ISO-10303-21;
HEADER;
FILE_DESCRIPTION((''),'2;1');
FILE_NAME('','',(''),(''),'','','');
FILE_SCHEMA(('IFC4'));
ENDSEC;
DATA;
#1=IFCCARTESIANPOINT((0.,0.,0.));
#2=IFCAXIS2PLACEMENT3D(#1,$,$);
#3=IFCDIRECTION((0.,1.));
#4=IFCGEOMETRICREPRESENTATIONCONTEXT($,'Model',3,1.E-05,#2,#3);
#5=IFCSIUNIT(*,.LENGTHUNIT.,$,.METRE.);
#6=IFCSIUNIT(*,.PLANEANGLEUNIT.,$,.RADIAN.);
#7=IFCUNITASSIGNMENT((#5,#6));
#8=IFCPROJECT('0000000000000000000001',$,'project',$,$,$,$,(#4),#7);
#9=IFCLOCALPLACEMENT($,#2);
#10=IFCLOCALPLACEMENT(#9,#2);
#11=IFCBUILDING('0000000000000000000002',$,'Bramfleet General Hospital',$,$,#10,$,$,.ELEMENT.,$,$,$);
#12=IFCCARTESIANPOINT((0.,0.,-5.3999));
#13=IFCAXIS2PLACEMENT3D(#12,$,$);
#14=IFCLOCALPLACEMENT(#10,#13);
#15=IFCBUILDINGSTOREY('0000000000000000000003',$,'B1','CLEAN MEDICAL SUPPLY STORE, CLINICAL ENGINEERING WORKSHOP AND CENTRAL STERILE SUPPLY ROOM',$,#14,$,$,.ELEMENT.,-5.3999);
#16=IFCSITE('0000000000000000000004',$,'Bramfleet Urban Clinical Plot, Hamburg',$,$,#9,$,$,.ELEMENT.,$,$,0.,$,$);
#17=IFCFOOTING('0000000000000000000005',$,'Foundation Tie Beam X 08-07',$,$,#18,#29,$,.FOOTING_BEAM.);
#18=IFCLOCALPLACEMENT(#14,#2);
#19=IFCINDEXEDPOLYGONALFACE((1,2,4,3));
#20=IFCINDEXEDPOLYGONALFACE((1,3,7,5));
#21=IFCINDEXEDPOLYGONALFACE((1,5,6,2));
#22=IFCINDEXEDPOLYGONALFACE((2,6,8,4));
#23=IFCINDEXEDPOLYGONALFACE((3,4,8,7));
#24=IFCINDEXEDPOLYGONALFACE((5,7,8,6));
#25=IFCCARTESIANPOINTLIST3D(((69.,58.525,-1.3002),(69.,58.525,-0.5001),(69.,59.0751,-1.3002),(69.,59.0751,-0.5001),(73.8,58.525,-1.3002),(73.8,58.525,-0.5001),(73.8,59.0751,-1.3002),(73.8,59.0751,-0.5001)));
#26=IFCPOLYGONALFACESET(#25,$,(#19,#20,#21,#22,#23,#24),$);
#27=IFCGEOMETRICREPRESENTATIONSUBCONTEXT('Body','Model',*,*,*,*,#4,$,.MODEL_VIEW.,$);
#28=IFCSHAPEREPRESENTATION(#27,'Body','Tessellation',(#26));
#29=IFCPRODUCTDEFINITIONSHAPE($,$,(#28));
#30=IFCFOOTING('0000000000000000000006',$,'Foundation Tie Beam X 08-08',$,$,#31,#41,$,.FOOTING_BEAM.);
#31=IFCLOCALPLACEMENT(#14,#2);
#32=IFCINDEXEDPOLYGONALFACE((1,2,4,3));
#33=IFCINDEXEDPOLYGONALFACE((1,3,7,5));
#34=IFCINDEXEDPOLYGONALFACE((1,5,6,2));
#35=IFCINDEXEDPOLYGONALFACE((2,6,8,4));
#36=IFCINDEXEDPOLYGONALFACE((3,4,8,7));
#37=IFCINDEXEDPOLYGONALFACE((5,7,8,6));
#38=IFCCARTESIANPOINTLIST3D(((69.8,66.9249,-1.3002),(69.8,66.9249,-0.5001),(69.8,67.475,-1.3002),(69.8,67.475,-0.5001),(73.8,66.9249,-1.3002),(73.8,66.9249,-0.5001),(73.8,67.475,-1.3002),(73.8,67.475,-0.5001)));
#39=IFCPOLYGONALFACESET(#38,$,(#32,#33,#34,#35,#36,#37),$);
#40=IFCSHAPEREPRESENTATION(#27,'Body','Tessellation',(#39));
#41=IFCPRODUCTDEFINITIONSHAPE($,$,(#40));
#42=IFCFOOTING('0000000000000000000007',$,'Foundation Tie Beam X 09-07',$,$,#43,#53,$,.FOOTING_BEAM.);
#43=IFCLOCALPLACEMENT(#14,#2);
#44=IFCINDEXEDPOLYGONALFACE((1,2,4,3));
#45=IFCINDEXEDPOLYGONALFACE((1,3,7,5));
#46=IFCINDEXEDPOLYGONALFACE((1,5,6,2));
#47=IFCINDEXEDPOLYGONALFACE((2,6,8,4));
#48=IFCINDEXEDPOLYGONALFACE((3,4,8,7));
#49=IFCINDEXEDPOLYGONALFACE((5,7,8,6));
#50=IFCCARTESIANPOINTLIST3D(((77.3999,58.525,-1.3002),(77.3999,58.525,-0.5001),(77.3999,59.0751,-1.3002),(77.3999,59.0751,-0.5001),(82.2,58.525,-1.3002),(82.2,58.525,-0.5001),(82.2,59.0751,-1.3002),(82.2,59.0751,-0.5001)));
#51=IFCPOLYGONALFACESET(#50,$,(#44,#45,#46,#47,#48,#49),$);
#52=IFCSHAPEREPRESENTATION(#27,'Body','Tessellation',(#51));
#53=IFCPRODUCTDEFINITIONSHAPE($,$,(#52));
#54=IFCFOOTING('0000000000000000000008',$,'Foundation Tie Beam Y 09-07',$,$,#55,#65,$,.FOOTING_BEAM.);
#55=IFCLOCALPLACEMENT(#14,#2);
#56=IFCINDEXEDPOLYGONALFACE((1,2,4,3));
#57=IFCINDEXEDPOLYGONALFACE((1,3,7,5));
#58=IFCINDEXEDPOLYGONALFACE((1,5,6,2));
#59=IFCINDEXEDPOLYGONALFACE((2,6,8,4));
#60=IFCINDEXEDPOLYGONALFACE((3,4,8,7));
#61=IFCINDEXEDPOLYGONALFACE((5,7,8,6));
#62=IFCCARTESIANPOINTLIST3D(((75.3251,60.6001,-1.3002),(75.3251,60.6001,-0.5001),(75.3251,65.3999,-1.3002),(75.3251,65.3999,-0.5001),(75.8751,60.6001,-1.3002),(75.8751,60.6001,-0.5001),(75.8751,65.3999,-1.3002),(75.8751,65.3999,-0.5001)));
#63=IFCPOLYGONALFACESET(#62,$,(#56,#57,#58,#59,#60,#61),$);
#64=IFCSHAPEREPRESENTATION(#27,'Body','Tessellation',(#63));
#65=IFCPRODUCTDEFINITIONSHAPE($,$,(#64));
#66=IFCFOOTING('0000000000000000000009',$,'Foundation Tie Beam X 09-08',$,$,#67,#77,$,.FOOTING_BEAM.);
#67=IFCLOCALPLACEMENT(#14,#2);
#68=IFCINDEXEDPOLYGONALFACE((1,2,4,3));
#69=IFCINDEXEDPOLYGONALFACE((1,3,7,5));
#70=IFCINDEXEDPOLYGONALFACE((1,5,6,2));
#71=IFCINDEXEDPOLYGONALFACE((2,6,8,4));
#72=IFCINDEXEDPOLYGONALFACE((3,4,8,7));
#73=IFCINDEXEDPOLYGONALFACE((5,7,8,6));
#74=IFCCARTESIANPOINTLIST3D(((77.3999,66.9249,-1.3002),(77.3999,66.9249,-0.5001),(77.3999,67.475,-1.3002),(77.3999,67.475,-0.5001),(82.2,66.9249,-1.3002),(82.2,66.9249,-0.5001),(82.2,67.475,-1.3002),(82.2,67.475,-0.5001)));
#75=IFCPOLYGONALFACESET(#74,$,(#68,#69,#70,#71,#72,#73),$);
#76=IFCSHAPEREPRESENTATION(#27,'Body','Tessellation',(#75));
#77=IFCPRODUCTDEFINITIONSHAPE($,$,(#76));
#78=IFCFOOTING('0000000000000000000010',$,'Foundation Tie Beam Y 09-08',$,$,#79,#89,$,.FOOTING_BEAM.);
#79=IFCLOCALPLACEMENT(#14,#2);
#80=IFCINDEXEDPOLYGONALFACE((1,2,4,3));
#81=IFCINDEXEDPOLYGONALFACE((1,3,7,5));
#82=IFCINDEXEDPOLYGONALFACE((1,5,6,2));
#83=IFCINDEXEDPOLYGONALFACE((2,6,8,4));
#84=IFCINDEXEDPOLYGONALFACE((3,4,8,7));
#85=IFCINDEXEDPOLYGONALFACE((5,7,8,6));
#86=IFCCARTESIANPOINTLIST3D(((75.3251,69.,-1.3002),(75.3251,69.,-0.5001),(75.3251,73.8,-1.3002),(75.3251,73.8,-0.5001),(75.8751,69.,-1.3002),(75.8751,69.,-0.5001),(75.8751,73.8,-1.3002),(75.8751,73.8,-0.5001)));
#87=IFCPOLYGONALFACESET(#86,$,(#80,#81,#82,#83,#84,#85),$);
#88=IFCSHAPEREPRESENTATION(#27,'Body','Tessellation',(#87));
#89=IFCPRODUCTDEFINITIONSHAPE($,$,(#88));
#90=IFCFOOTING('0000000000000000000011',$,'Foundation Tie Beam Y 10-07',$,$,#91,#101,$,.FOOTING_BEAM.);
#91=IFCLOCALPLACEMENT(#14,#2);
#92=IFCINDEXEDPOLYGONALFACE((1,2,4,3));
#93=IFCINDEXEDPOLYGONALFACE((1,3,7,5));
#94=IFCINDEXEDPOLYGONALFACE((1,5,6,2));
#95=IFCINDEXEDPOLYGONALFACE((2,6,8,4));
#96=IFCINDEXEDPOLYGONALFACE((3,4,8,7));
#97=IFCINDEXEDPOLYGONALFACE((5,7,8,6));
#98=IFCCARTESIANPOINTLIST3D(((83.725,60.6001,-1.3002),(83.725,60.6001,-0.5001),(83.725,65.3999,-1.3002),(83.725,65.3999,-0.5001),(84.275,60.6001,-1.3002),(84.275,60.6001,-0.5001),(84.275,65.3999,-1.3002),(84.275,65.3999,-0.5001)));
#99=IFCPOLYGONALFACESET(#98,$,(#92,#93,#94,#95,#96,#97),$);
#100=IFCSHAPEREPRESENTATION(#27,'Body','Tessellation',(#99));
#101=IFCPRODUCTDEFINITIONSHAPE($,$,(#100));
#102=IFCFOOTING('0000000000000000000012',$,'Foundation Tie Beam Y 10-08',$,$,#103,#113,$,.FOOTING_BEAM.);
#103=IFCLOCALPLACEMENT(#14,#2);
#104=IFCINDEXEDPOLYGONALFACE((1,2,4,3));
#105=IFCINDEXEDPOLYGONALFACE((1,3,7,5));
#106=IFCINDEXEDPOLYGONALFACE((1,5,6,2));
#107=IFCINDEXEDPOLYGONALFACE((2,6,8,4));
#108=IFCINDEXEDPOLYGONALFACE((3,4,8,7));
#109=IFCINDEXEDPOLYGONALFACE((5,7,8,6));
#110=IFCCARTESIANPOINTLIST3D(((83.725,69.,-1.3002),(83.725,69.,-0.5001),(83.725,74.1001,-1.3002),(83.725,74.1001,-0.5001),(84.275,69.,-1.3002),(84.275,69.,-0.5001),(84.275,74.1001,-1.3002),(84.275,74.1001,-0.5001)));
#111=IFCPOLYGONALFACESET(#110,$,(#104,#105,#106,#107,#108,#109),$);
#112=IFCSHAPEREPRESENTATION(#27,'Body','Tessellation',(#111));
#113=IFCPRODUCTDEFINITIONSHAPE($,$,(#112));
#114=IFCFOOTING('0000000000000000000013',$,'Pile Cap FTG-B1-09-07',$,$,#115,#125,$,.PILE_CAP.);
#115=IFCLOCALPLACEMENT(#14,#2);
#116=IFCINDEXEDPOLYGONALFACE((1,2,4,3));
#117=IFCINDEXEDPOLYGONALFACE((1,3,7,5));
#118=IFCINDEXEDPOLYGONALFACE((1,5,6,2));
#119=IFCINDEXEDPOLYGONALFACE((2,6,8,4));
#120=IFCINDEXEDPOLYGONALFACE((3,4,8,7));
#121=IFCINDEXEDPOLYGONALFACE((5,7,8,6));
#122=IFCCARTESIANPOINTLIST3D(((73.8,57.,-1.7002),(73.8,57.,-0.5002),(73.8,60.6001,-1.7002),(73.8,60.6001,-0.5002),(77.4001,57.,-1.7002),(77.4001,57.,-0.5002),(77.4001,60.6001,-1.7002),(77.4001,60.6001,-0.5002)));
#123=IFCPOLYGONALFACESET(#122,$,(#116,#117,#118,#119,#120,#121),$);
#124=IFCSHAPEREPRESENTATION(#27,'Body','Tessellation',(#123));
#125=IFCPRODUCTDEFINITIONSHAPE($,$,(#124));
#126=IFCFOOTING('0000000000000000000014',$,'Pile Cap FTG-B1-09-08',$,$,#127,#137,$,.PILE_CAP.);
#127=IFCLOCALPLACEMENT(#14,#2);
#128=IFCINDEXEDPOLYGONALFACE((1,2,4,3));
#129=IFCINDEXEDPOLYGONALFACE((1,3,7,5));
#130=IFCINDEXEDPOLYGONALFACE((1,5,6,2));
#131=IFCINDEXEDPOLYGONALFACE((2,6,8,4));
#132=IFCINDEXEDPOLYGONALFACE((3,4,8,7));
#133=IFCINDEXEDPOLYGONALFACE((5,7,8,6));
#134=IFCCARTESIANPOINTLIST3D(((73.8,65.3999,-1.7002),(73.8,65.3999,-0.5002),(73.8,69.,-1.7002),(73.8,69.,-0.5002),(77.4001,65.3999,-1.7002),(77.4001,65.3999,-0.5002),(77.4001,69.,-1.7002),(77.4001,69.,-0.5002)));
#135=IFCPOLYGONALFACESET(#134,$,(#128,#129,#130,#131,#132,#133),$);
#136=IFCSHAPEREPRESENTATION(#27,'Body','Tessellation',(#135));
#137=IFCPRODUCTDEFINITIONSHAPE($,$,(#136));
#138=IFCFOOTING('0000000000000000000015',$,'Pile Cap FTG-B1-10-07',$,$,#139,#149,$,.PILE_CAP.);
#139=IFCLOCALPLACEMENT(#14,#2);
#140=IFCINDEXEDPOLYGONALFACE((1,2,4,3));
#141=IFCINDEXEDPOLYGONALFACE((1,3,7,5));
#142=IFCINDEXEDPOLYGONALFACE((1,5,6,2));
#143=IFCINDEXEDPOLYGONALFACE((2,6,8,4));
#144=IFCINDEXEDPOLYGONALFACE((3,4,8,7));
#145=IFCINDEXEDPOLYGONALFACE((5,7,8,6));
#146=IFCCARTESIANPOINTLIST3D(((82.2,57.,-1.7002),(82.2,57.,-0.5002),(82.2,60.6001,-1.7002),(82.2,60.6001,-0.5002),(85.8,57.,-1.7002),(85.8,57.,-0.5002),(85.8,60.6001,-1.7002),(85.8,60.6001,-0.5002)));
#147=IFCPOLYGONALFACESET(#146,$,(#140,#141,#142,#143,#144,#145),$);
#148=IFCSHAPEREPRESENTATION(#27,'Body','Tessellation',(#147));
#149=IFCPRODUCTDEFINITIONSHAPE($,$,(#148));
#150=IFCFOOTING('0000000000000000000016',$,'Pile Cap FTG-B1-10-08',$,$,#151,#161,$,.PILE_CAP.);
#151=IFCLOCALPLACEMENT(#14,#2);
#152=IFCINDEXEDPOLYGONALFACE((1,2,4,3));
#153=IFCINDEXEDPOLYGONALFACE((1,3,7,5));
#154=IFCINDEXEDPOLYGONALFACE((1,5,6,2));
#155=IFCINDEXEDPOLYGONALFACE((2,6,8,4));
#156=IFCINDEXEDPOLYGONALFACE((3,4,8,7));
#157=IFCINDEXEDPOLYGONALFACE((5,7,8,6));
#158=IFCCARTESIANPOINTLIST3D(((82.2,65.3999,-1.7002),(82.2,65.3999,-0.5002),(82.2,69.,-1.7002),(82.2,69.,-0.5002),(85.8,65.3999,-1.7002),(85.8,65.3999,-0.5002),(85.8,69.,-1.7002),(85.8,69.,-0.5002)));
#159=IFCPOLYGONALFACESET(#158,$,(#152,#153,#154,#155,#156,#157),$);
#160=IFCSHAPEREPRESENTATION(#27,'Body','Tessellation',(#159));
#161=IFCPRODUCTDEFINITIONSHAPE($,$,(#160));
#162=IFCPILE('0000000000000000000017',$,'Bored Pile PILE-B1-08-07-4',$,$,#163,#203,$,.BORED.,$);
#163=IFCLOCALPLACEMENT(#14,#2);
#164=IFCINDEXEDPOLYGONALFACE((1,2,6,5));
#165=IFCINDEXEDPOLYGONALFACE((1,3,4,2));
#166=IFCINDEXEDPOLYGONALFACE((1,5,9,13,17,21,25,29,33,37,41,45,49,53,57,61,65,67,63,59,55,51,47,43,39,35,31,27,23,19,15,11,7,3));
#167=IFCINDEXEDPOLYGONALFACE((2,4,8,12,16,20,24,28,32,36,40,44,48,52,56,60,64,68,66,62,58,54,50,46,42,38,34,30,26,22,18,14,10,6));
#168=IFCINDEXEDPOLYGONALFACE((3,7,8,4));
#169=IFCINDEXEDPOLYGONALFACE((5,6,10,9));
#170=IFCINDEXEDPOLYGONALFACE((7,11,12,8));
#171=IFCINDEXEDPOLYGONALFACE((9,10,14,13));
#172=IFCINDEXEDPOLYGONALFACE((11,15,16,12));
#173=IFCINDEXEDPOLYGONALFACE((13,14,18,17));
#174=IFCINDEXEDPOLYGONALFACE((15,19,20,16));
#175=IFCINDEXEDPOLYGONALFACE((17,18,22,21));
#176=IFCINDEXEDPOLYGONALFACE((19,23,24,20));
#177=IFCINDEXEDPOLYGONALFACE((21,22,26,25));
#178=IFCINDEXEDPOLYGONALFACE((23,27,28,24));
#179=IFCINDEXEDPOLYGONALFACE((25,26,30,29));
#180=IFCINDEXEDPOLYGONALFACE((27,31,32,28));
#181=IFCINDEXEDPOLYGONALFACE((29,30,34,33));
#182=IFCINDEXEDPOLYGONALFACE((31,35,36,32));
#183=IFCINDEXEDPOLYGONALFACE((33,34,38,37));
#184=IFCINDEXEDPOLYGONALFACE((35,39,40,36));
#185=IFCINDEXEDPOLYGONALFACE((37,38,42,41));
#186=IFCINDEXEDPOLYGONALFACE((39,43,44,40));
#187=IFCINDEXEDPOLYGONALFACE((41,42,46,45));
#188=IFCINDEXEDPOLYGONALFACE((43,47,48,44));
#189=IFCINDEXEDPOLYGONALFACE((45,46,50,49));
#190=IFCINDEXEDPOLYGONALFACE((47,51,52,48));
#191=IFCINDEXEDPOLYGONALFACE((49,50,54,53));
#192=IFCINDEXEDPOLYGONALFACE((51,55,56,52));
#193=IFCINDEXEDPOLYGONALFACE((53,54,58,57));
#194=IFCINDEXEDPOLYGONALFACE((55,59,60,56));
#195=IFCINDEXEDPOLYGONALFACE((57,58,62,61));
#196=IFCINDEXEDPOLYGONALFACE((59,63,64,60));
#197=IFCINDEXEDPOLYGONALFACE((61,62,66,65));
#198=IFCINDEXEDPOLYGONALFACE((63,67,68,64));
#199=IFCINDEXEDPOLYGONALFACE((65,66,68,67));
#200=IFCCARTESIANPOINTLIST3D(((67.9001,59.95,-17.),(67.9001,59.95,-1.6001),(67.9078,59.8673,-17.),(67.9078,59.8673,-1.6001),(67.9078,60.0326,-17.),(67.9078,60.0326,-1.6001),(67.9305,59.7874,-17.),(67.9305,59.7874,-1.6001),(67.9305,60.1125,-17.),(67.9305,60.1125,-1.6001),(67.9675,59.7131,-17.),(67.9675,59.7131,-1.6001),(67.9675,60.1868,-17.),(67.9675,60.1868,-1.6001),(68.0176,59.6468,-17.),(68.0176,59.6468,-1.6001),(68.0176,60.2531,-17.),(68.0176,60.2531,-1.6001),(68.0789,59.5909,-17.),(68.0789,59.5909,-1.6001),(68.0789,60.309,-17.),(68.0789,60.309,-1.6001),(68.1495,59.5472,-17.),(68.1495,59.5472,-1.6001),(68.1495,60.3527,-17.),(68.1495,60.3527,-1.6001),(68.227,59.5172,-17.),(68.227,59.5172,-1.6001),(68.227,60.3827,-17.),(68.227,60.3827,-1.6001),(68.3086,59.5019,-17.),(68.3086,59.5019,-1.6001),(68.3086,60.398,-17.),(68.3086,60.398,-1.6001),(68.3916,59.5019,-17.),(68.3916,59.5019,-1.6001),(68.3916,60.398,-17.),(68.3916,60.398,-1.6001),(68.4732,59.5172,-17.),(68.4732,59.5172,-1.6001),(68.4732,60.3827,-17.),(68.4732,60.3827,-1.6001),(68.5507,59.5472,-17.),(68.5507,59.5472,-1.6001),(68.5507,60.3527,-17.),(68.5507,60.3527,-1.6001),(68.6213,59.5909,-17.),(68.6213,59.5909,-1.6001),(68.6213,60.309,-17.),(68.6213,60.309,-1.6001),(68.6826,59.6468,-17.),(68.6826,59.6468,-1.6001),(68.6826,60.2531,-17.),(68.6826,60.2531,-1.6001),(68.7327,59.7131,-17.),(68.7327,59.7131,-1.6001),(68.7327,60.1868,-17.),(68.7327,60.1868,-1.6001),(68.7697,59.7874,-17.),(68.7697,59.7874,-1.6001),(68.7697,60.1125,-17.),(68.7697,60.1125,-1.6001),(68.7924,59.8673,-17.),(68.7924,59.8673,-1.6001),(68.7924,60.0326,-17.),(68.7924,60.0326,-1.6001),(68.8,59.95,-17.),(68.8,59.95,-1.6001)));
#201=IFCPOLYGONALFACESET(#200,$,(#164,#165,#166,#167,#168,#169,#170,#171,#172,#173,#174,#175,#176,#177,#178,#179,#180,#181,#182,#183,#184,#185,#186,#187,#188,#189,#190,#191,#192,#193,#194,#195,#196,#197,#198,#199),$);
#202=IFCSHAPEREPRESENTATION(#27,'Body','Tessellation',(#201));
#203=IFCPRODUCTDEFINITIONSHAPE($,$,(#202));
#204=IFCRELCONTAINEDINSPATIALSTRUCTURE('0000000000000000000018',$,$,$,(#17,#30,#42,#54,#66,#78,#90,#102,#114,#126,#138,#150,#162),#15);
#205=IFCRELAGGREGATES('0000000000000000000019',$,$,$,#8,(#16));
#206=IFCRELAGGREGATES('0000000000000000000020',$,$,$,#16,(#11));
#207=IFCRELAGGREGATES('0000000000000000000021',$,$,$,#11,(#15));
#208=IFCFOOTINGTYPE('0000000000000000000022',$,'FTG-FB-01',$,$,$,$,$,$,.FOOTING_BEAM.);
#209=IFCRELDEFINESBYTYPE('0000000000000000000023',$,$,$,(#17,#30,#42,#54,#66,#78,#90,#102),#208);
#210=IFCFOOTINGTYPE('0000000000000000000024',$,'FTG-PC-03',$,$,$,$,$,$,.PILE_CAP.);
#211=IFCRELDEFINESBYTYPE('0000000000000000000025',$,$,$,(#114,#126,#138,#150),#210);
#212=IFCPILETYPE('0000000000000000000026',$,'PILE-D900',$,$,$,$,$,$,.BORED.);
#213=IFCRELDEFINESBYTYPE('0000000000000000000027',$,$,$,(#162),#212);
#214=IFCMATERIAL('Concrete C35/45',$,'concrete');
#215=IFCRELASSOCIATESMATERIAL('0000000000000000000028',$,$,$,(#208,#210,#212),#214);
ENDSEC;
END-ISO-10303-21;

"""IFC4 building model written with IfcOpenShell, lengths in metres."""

from ifc_helpers import new_model, si_unit, direction, frame, origin, origin_2d, place, context, subcontext, project, spatial, rectangle, circle, extrude, material, material_profile, profile_set, type_object, element, save


model = new_model("IFC4")

# Units and contexts
model_context = context("Model", 3, precision=1e-05, world=origin(), true_north=direction((0.0, 1.0)))
body_context = subcontext(model_context, "Body", "Model", "MODEL_VIEW")
ifc_project = project(units=[si_unit("LENGTHUNIT", "METRE"), si_unit("PLANEANGLEUNIT", "RADIAN")], contexts=[model_context])

# Site, building, storey
site_placement = place(None, origin())
site = spatial("IfcSite", under=ifc_project, at=site_placement, Name="Bramfleet Urban Clinical Plot, Hamburg", CompositionType="ELEMENT", RefElevation=0.0)
building_placement = place(site_placement, origin())
building = spatial("IfcBuilding", under=site, at=building_placement, Name="Bramfleet General Hospital", CompositionType="ELEMENT")
storey_placement = place(building_placement, frame((0.0, 0.0, -5.3999)))
storey = spatial("IfcBuildingStorey", under=building, at=storey_placement, Name="B1", Description="CLEAN MEDICAL SUPPLY STORE, CLINICAL ENGINEERING WORKSHOP AND CENTRAL STERILE SUPPLY ROOM", CompositionType="ELEMENT", Elevation=-5.3999)

# Footings
ifc_material_1 = material(Name="Concrete C35/45", Category="concrete")
ifc_material_profile_1 = material_profile(ifc_material_1, rectangle(XDim=0.55, YDim=0.8, at=origin_2d()), Name="RC FB 800x550")
ifc_profile_set_1 = profile_set([ifc_material_profile_1], Name="Concrete C35/45")
footing_type_1 = type_object("IfcFootingType", Name="FTG-FB-01", PredefinedType="FOOTING_BEAM", material=ifc_profile_set_1)
footing_1_placement = place(storey_placement, frame((69.0, 58.8, -0.9001), z_axis=(1.0, 0.0, 0.0), x_axis=(0.0, 1.0, 0.0)))
element("IfcFooting", 1, at=footing_1_placement, inside=storey, type_object=footing_type_1, Name="Foundation Tie Beam X 08-07", PredefinedType="FOOTING_BEAM", context=body_context, shape_type="SweptSolid", body=[
    extrude(rectangle(XDim=0.55, YDim=0.8, at=origin_2d()), origin(), (0.0, 0.0, 1.0), 4.8),
])
footing_2_placement = place(storey_placement, frame((69.8, 67.2, -0.9001), z_axis=(1.0, 0.0, 0.0), x_axis=(0.0, 1.0, 0.0)))
element("IfcFooting", 2, at=footing_2_placement, inside=storey, type_object=footing_type_1, Name="Foundation Tie Beam X 08-08", PredefinedType="FOOTING_BEAM", context=body_context, shape_type="SweptSolid", body=[
    extrude(rectangle(XDim=0.55, YDim=0.8, at=origin_2d()), origin(), (0.0, 0.0, 1.0), 4.0),
])
footing_3_placement = place(storey_placement, frame((77.3999, 58.8, -0.9001), z_axis=(1.0, 0.0, 0.0), x_axis=(0.0, 1.0, 0.0)))
element("IfcFooting", 3, at=footing_3_placement, inside=storey, type_object=footing_type_1, Name="Foundation Tie Beam X 09-07", PredefinedType="FOOTING_BEAM", context=body_context, shape_type="SweptSolid", body=[
    extrude(rectangle(XDim=0.55, YDim=0.8, at=origin_2d()), origin(), (0.0, 0.0, 1.0), 4.8),
])
footing_4_placement = place(storey_placement, frame((75.6001, 60.6001, -0.9001), z_axis=(0.0, 1.0, 0.0), x_axis=(-1.0, 0.0, 0.0)))
element("IfcFooting", 4, at=footing_4_placement, inside=storey, type_object=footing_type_1, Name="Foundation Tie Beam Y 09-07", PredefinedType="FOOTING_BEAM", context=body_context, shape_type="SweptSolid", body=[
    extrude(rectangle(XDim=0.55, YDim=0.8, at=origin_2d()), origin(), (0.0, 0.0, 1.0), 4.7998),
])
for number, where, z_axis, x_axis, name in (
    (5, (77.3999, 67.2, -0.9001), (1.0, 0.0, 0.0), (0.0, 1.0, 0.0), "Foundation Tie Beam X 09-08"),
    (6, (75.6001, 69.0, -0.9001), (0.0, 1.0, 0.0), (-1.0, 0.0, 0.0), "Foundation Tie Beam Y 09-08"),
):
    element("IfcFooting", number, at=place(storey_placement, frame(where, z_axis=z_axis, x_axis=x_axis)), inside=storey, type_object=footing_type_1, Name=name, PredefinedType="FOOTING_BEAM", context=body_context, shape_type="SweptSolid", body=[
        extrude(rectangle(XDim=0.55, YDim=0.8, at=origin_2d()), origin(), (0.0, 0.0, 1.0), 4.8),
    ])
footing_5_placement = place(storey_placement, frame((84.0, 60.6001, -0.9001), z_axis=(0.0, 1.0, 0.0), x_axis=(-1.0, 0.0, 0.0)))
element("IfcFooting", 7, at=footing_5_placement, inside=storey, type_object=footing_type_1, Name="Foundation Tie Beam Y 10-07", PredefinedType="FOOTING_BEAM", context=body_context, shape_type="SweptSolid", body=[
    extrude(rectangle(XDim=0.55, YDim=0.8, at=origin_2d()), origin(), (0.0, 0.0, 1.0), 4.7998),
])
footing_6_placement = place(storey_placement, frame((84.0, 69.0, -0.9001), z_axis=(0.0, 1.0, 0.0), x_axis=(-1.0, 0.0, 0.0)))
element("IfcFooting", 8, at=footing_6_placement, inside=storey, type_object=footing_type_1, Name="Foundation Tie Beam Y 10-08", PredefinedType="FOOTING_BEAM", context=body_context, shape_type="SweptSolid", body=[
    extrude(rectangle(XDim=0.55, YDim=0.8, at=origin_2d()), origin(), (0.0, 0.0, 1.0), 5.1001),
])
footing_type_2 = type_object("IfcFootingType", Name="FTG-PC-03", PredefinedType="PILE_CAP", material=ifc_material_1)
for number, where, z_axis, x_axis, name in (
    (9, (75.6001, 58.8, -1.7002), (0.0, 0.0, 1.0), (1.0, 0.0, 0.0), "Pile Cap FTG-B1-09-07"),
    (10, (75.6001, 67.2, -1.7002), (0.0, 0.0, 1.0), (1.0, 0.0, 0.0), "Pile Cap FTG-B1-09-08"),
    (11, (84.0, 58.8, -1.7002), (0.0, 0.0, 1.0), (1.0, 0.0, 0.0), "Pile Cap FTG-B1-10-07"),
    (12, (84.0, 67.2, -1.7002), (0.0, 0.0, 1.0), (1.0, 0.0, 0.0), "Pile Cap FTG-B1-10-08"),
):
    element("IfcFooting", number, at=place(storey_placement, frame(where, z_axis=z_axis, x_axis=x_axis)), inside=storey, type_object=footing_type_2, Name=name, PredefinedType="PILE_CAP", context=body_context, shape_type="SweptSolid", body=[
        extrude(rectangle(XDim=3.6001, YDim=3.6001, at=origin_2d()), origin(), (0.0, 0.0, 1.0), 1.2),
    ])

# Pile
ifc_material_profile_2 = material_profile(ifc_material_1, circle(Radius=0.45, at=origin_2d()), Name="PILE BORED D900")
ifc_profile_set_2 = profile_set([ifc_material_profile_2], Name="Concrete C35/45")
pile_type = type_object("IfcPileType", Name="PILE-D900", PredefinedType="BORED", material=ifc_profile_set_2)
pile_placement = place(storey_placement, frame((68.3501, 59.95, -1.6001), z_axis=(0.0, 0.0, -1.0), x_axis=(1.0, 0.0, 0.0)))
element("IfcPile", 13, at=pile_placement, inside=storey, type_object=pile_type, Name="Bored Pile PILE-B1-08-07-4", PredefinedType="BORED", context=body_context, shape_type="SweptSolid", body=[
    extrude(circle(Radius=0.45, at=origin_2d()), origin(), (0.0, 0.0, 1.0), 15.3999),
])

save(model, "model.ifc")
